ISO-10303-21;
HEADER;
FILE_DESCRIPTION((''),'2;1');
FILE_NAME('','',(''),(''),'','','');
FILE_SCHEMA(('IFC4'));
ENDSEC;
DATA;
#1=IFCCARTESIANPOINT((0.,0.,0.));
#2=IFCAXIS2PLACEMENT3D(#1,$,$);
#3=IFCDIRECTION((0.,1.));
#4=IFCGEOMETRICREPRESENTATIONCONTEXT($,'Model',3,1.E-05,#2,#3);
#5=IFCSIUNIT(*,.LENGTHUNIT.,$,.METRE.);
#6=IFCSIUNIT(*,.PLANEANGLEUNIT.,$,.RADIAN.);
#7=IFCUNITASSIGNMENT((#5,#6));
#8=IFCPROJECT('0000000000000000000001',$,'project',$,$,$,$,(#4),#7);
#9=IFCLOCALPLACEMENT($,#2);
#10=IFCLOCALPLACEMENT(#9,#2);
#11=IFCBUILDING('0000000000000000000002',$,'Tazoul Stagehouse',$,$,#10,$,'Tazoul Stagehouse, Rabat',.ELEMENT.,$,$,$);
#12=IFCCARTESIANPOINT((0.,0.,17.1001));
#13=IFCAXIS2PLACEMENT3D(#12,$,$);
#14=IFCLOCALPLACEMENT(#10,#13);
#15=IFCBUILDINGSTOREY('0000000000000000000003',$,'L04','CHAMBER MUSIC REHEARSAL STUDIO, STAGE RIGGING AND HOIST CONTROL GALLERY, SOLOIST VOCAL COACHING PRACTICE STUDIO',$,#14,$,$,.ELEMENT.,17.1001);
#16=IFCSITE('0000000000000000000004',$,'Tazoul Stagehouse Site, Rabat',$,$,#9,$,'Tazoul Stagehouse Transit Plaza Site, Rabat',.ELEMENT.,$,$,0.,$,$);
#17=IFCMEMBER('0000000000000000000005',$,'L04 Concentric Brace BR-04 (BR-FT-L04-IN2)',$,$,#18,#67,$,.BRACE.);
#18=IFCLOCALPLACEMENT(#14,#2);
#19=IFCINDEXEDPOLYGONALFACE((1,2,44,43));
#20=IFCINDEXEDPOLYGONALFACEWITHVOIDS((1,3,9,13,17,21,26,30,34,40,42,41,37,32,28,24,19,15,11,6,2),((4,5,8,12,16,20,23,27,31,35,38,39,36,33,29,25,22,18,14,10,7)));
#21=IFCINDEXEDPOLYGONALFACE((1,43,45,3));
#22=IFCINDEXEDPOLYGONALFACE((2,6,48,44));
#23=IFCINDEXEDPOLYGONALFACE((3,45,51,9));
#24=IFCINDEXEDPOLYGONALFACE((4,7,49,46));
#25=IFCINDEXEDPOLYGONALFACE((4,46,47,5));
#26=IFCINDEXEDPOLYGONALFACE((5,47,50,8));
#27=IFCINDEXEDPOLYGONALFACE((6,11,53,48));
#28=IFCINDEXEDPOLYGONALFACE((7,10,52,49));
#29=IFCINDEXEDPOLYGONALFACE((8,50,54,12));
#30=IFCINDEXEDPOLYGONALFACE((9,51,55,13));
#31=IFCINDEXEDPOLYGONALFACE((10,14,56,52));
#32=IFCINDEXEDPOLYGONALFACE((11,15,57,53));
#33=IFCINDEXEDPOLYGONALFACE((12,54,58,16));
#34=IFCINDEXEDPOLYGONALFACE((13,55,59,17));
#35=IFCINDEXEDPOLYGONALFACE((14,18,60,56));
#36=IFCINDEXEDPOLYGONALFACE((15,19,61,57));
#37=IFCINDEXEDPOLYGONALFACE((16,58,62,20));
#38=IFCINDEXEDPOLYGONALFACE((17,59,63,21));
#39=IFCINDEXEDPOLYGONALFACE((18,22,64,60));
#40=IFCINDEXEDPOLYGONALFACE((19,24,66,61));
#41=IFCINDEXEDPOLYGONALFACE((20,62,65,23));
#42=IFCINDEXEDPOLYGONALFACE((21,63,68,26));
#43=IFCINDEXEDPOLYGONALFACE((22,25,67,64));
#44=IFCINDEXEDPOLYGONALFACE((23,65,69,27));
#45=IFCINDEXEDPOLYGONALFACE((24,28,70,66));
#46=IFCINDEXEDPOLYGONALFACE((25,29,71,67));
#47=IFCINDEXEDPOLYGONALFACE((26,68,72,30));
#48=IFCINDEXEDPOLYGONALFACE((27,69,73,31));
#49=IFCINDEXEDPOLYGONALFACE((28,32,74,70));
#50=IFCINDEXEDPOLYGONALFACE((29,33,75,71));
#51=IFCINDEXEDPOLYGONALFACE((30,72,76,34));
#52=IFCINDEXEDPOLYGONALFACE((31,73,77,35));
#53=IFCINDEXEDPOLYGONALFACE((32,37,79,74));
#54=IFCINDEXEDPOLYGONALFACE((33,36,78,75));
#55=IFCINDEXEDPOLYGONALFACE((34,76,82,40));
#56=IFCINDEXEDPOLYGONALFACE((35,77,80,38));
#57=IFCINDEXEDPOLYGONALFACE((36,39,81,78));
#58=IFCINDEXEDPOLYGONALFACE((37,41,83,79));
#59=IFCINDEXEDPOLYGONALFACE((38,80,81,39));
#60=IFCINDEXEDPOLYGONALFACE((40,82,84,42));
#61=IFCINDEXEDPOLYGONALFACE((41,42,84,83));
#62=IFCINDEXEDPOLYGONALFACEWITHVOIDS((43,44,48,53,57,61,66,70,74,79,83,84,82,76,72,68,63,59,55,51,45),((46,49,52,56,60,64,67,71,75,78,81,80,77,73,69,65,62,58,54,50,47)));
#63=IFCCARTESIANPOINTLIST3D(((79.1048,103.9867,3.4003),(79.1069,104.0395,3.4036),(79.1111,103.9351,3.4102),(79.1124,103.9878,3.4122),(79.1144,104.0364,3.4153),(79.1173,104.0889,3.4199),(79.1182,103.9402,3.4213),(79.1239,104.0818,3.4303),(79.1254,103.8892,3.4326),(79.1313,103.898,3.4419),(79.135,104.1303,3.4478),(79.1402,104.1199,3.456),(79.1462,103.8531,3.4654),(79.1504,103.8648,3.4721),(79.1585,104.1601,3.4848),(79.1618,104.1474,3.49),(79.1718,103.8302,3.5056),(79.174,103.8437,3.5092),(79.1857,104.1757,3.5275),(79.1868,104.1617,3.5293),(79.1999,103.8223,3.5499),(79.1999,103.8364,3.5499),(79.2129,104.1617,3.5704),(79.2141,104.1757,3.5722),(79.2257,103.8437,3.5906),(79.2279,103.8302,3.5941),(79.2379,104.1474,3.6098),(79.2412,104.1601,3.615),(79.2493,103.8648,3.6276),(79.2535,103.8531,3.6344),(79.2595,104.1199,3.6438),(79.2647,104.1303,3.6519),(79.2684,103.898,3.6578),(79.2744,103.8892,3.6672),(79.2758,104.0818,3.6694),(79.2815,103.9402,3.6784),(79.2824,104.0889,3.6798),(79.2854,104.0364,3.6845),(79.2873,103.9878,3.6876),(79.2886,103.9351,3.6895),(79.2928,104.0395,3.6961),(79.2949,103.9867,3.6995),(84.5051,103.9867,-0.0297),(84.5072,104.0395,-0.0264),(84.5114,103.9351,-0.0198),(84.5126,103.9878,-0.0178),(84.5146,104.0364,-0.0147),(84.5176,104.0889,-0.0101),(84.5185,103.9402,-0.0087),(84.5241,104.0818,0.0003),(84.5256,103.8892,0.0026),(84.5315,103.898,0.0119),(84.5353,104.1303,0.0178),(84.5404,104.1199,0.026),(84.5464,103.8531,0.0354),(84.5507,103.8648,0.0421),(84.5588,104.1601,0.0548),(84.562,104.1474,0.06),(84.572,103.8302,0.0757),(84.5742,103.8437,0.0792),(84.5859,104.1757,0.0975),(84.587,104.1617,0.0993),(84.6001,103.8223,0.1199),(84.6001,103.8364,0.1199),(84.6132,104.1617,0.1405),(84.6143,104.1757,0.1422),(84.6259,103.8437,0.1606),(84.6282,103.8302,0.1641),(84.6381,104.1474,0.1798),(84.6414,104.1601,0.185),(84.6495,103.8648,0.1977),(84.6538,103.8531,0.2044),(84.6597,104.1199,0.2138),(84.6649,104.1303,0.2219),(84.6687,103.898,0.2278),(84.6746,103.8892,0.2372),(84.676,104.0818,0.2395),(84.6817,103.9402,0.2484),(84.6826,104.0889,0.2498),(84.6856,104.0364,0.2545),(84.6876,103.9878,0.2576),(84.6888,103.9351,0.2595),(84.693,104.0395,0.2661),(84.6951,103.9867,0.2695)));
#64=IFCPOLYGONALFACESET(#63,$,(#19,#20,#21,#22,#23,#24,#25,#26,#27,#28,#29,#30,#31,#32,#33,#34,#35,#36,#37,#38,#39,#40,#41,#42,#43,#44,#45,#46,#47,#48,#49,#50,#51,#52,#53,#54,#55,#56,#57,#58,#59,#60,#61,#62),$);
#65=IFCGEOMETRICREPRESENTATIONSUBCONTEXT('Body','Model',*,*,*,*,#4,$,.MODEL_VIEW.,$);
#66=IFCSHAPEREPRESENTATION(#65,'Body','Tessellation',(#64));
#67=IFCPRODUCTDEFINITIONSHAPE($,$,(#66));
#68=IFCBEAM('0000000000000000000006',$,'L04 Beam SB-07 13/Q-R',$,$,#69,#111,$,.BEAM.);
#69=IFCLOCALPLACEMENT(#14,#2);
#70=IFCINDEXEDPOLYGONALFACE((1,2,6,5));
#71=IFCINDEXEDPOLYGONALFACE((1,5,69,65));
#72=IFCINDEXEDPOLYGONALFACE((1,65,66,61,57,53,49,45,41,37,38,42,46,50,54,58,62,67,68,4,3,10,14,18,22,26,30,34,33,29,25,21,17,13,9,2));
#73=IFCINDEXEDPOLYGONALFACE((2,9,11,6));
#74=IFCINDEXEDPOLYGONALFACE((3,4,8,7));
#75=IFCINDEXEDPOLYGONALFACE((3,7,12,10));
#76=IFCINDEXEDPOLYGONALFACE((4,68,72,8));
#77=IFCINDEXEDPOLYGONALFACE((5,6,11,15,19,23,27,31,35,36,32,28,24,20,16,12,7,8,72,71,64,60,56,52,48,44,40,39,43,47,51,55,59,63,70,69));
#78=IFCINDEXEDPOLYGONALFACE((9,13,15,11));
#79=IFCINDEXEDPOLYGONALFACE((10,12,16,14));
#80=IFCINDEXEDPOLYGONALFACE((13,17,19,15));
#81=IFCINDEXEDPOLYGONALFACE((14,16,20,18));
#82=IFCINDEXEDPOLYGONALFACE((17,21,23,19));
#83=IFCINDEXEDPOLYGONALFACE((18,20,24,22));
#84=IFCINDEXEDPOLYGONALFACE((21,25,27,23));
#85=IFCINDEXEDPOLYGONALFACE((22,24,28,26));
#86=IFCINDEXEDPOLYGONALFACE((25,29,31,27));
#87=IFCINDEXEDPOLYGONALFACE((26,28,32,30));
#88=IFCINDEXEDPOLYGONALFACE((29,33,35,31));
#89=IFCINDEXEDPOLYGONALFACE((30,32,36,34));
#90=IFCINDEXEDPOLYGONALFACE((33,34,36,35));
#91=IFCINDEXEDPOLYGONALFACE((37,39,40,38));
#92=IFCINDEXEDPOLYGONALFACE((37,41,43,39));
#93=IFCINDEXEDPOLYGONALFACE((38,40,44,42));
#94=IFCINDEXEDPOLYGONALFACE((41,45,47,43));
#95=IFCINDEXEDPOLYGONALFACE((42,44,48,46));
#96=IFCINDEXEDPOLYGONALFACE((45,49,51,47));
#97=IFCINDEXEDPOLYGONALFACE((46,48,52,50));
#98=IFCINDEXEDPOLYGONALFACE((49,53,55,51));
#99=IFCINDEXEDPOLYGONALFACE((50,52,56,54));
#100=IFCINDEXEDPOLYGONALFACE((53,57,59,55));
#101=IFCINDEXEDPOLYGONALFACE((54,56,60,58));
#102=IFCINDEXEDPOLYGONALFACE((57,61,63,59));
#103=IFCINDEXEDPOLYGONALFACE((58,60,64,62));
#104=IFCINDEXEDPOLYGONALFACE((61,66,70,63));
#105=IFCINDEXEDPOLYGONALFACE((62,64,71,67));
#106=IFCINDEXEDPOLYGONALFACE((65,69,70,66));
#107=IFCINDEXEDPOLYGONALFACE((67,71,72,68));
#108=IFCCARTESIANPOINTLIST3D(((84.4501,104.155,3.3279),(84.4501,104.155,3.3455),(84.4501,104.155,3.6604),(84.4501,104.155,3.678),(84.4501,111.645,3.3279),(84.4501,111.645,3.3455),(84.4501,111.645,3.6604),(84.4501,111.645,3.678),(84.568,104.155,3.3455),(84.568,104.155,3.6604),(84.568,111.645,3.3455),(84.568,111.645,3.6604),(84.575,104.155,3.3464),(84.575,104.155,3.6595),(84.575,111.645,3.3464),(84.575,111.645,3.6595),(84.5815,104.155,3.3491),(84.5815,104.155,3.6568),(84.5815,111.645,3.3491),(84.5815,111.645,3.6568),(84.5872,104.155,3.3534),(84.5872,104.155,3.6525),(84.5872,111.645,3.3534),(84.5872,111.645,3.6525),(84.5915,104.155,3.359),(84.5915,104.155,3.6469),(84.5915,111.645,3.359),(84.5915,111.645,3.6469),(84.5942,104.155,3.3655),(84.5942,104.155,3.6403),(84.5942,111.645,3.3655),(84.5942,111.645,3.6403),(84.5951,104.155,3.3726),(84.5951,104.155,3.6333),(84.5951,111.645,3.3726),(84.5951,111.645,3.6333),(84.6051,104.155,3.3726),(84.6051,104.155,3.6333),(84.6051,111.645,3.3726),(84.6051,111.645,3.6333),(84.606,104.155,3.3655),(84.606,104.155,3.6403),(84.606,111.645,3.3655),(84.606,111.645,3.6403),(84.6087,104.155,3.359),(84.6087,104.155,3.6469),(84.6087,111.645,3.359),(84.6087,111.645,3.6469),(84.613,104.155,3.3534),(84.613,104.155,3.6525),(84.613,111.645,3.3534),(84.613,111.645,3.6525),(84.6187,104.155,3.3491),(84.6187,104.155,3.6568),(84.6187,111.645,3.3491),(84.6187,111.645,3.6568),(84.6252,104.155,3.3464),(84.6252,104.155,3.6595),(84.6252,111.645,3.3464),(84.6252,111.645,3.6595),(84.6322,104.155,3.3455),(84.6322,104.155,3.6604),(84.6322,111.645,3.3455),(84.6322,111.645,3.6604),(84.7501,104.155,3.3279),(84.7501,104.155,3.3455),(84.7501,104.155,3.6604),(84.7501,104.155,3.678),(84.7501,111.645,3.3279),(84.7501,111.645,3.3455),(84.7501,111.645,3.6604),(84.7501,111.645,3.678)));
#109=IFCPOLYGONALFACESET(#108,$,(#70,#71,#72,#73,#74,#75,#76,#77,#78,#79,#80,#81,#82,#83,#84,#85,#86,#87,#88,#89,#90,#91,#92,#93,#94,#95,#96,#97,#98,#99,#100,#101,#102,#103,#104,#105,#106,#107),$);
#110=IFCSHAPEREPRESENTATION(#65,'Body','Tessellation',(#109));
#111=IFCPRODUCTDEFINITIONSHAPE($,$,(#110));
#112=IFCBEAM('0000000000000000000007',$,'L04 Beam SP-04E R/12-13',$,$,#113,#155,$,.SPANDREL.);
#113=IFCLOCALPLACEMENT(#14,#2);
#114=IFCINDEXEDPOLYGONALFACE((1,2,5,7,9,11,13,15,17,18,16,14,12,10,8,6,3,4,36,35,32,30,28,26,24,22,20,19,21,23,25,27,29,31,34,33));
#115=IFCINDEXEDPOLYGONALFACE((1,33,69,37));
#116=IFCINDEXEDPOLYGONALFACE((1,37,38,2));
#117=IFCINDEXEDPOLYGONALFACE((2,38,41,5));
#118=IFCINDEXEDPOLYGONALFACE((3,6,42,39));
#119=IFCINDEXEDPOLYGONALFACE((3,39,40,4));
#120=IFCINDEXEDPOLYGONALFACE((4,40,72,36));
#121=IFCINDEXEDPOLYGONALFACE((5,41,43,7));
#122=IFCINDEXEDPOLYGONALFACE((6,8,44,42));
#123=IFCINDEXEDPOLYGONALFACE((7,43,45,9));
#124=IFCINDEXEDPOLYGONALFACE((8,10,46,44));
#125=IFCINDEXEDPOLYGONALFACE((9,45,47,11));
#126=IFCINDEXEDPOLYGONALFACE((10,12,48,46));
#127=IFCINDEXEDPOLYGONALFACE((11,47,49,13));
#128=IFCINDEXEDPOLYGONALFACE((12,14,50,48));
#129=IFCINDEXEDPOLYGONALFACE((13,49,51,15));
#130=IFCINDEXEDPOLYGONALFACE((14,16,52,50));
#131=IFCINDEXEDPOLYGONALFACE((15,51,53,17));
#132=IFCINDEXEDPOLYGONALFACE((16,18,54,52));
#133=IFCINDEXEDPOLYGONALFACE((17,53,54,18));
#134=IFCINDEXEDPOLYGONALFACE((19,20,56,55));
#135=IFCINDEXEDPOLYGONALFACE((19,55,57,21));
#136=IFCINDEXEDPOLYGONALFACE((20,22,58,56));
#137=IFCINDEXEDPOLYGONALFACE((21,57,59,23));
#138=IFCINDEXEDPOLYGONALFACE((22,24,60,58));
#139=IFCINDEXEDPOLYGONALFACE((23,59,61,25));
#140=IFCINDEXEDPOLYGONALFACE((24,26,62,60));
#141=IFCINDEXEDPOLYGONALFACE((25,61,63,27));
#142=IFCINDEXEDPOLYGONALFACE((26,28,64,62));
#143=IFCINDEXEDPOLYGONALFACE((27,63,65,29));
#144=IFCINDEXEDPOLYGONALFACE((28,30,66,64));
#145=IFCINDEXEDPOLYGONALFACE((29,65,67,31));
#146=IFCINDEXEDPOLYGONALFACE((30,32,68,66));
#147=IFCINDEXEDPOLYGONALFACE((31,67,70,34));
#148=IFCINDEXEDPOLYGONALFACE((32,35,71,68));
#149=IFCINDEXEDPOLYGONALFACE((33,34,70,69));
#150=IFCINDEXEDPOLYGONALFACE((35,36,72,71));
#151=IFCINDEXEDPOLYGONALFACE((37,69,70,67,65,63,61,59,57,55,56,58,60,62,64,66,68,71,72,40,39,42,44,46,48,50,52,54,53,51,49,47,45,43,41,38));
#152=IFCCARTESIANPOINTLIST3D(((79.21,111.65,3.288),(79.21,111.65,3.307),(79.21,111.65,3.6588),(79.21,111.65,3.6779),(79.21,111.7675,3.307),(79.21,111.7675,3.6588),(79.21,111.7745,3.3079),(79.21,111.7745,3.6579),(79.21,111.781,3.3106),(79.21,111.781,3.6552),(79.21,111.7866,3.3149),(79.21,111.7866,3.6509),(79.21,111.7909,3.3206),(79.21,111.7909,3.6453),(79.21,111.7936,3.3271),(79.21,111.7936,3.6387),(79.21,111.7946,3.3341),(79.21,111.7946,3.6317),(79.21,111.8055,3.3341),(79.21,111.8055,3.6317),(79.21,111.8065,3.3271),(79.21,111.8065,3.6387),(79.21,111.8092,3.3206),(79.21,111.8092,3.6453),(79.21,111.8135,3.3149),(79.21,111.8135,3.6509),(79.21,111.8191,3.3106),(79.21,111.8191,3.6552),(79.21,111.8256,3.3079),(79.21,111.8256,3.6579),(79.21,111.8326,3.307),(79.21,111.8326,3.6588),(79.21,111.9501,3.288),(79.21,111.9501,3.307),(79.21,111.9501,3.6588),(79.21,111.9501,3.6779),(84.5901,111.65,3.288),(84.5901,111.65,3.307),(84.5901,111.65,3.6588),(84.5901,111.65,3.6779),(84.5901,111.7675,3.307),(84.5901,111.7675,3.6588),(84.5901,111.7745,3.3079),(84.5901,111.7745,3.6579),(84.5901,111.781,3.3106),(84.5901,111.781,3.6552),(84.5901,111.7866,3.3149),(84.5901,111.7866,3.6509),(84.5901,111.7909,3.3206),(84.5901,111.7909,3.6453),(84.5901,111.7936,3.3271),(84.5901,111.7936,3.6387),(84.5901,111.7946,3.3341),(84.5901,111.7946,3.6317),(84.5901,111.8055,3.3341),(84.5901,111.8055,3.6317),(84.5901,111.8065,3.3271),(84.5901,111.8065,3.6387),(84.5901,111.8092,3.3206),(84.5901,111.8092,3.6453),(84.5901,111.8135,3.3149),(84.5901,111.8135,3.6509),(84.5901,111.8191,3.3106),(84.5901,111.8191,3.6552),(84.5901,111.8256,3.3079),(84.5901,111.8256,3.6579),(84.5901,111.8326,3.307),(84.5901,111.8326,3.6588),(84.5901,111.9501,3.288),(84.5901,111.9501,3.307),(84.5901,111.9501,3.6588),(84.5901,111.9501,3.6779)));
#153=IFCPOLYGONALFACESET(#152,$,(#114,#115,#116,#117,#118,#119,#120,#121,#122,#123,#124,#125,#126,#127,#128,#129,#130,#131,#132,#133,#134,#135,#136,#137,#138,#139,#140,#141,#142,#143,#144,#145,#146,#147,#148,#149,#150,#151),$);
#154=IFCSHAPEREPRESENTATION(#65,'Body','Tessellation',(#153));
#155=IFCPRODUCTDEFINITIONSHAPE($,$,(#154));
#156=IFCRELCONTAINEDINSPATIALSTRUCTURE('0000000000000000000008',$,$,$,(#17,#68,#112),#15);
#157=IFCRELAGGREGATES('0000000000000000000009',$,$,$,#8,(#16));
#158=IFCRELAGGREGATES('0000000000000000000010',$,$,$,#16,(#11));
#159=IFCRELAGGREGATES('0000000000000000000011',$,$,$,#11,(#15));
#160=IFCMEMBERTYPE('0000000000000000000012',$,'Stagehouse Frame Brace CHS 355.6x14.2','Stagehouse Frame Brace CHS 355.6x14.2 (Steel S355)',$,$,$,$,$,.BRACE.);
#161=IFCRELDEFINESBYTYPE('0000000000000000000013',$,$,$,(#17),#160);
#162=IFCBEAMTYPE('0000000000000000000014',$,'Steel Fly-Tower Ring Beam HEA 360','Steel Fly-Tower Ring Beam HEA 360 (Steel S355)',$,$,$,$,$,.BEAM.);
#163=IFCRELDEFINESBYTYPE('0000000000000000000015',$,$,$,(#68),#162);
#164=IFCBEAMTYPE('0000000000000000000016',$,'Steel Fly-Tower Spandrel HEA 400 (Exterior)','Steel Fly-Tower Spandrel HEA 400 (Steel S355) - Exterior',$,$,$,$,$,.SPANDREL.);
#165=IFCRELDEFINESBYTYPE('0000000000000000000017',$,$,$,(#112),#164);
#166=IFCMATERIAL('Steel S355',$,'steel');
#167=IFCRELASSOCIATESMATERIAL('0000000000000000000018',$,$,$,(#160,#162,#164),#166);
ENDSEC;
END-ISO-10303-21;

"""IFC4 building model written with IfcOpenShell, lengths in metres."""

from ifc_helpers import new_model, si_unit, direction, frame, origin, origin_2d, place, context, subcontext, project, spatial, hollow_circle, i_section, extrude, material, material_profile, profile_set, type_object, element, save


model = new_model("IFC4")

# Units and contexts
model_context = context("Model", 3, precision=1e-05, world=origin(), true_north=direction((0.0, 1.0)))
body_context = subcontext(model_context, "Body", "Model", "MODEL_VIEW")
ifc_project = project(units=[si_unit("LENGTHUNIT", "METRE"), si_unit("PLANEANGLEUNIT", "RADIAN")], contexts=[model_context])

# Site, building, storey
site_placement = place(None, origin())
site = spatial("IfcSite", under=ifc_project, at=site_placement, Name="Tazoul Stagehouse Site, Rabat", LongName="Tazoul Stagehouse Transit Plaza Site, Rabat", CompositionType="ELEMENT", RefElevation=0.0)
building_placement = place(site_placement, origin())
building = spatial("IfcBuilding", under=site, at=building_placement, Name="Tazoul Stagehouse", LongName="Tazoul Stagehouse, Rabat", CompositionType="ELEMENT")
storey_placement = place(building_placement, frame((0.0, 0.0, 17.1001)))
storey = spatial("IfcBuildingStorey", under=building, at=storey_placement, Name="L04", Description="CHAMBER MUSIC REHEARSAL STUDIO, STAGE RIGGING AND HOIST CONTROL GALLERY, SOLOIST VOCAL COACHING PRACTICE STUDIO", CompositionType="ELEMENT", Elevation=17.1001)

# Shared definitions
ifc_material_1 = material(Name="Steel S355", Category="steel")

# Member
ifc_material_profile_1 = material_profile(ifc_material_1, hollow_circle(Radius=0.1777, WallThickness=0.0142, at=origin_2d()), Name="CHS 355.6x14.2")
ifc_profile_set_1 = profile_set([ifc_material_profile_1], Name="Steel S355")
member_type_1 = type_object("IfcMemberType", Name="Stagehouse Frame Brace CHS 355.6x14.2", Description="Stagehouse Frame Brace CHS 355.6x14.2 (Steel S355)", PredefinedType="BRACE", material=ifc_profile_set_1)
member_1_placement = place(storey_placement, frame((84.6001, 104.0, 0.1199), z_axis=(-0.844123, 0.0, 0.536149), x_axis=(0.0, -1.0, 0.0)))
element("IfcMember", 1, at=member_1_placement, inside=storey, type_object=member_type_1, Name="L04 Concentric Brace BR-04 (BR-FT-L04-IN2)", PredefinedType="BRACE", context=body_context, shape_type="SweptSolid", body=[
    extrude(hollow_circle(Radius=0.1777, WallThickness=0.0142, at=origin_2d()), origin(), (0.0, 0.0, 1.0), 6.3975),
])

# Beams
ifc_material_profile_2 = material_profile(ifc_material_1, i_section(OverallWidth=0.3, OverallDepth=0.3501, WebThickness=0.01, FlangeThickness=0.0176, FilletRadius=0.0271, at=origin_2d()), Name="HEA 360")
ifc_profile_set_2 = profile_set([ifc_material_profile_2], Name="Steel S355")
beam_type_1 = type_object("IfcBeamType", Name="Steel Fly-Tower Ring Beam HEA 360", Description="Steel Fly-Tower Ring Beam HEA 360 (Steel S355)", PredefinedType="BEAM", material=ifc_profile_set_2)
beam_1_placement = place(storey_placement, frame((84.6001, 104.155, 3.5029), z_axis=(0.0, 1.0, 0.0), x_axis=(-1.0, 0.0, 0.0)))
element("IfcBeam", 2, at=beam_1_placement, inside=storey, type_object=beam_type_1, Name="L04 Beam SB-07 13/Q-R", PredefinedType="BEAM", context=body_context, shape_type="SweptSolid", body=[
    extrude(i_section(OverallWidth=0.3, OverallDepth=0.3501, WebThickness=0.01, FlangeThickness=0.0176, FilletRadius=0.0271, at=origin_2d()), origin(), (0.0, 0.0, 1.0), 7.49),
])
ifc_material_profile_3 = material_profile(ifc_material_1, i_section(OverallWidth=0.3, OverallDepth=0.3899, WebThickness=0.011, FlangeThickness=0.019, FilletRadius=0.0271, at=origin_2d()), Name="HEA 400")
ifc_profile_set_3 = profile_set([ifc_material_profile_3], Name="Steel S355")
beam_type_2 = type_object("IfcBeamType", Name="Steel Fly-Tower Spandrel HEA 400 (Exterior)", Description="Steel Fly-Tower Spandrel HEA 400 (Steel S355) - Exterior", PredefinedType="SPANDREL", material=ifc_profile_set_3)
beam_2_placement = place(storey_placement, frame((79.21, 111.8, 3.4829), z_axis=(1.0, 0.0, 0.0), x_axis=(0.0, 1.0, 0.0)))
element("IfcBeam", 3, at=beam_2_placement, inside=storey, type_object=beam_type_2, Name="L04 Beam SP-04E R/12-13", PredefinedType="SPANDREL", context=body_context, shape_type="SweptSolid", body=[
    extrude(i_section(OverallWidth=0.3, OverallDepth=0.3899, WebThickness=0.011, FlangeThickness=0.019, FilletRadius=0.0271, at=origin_2d()), origin(), (0.0, 0.0, 1.0), 5.3801),
])

save(model, "model.ifc")
